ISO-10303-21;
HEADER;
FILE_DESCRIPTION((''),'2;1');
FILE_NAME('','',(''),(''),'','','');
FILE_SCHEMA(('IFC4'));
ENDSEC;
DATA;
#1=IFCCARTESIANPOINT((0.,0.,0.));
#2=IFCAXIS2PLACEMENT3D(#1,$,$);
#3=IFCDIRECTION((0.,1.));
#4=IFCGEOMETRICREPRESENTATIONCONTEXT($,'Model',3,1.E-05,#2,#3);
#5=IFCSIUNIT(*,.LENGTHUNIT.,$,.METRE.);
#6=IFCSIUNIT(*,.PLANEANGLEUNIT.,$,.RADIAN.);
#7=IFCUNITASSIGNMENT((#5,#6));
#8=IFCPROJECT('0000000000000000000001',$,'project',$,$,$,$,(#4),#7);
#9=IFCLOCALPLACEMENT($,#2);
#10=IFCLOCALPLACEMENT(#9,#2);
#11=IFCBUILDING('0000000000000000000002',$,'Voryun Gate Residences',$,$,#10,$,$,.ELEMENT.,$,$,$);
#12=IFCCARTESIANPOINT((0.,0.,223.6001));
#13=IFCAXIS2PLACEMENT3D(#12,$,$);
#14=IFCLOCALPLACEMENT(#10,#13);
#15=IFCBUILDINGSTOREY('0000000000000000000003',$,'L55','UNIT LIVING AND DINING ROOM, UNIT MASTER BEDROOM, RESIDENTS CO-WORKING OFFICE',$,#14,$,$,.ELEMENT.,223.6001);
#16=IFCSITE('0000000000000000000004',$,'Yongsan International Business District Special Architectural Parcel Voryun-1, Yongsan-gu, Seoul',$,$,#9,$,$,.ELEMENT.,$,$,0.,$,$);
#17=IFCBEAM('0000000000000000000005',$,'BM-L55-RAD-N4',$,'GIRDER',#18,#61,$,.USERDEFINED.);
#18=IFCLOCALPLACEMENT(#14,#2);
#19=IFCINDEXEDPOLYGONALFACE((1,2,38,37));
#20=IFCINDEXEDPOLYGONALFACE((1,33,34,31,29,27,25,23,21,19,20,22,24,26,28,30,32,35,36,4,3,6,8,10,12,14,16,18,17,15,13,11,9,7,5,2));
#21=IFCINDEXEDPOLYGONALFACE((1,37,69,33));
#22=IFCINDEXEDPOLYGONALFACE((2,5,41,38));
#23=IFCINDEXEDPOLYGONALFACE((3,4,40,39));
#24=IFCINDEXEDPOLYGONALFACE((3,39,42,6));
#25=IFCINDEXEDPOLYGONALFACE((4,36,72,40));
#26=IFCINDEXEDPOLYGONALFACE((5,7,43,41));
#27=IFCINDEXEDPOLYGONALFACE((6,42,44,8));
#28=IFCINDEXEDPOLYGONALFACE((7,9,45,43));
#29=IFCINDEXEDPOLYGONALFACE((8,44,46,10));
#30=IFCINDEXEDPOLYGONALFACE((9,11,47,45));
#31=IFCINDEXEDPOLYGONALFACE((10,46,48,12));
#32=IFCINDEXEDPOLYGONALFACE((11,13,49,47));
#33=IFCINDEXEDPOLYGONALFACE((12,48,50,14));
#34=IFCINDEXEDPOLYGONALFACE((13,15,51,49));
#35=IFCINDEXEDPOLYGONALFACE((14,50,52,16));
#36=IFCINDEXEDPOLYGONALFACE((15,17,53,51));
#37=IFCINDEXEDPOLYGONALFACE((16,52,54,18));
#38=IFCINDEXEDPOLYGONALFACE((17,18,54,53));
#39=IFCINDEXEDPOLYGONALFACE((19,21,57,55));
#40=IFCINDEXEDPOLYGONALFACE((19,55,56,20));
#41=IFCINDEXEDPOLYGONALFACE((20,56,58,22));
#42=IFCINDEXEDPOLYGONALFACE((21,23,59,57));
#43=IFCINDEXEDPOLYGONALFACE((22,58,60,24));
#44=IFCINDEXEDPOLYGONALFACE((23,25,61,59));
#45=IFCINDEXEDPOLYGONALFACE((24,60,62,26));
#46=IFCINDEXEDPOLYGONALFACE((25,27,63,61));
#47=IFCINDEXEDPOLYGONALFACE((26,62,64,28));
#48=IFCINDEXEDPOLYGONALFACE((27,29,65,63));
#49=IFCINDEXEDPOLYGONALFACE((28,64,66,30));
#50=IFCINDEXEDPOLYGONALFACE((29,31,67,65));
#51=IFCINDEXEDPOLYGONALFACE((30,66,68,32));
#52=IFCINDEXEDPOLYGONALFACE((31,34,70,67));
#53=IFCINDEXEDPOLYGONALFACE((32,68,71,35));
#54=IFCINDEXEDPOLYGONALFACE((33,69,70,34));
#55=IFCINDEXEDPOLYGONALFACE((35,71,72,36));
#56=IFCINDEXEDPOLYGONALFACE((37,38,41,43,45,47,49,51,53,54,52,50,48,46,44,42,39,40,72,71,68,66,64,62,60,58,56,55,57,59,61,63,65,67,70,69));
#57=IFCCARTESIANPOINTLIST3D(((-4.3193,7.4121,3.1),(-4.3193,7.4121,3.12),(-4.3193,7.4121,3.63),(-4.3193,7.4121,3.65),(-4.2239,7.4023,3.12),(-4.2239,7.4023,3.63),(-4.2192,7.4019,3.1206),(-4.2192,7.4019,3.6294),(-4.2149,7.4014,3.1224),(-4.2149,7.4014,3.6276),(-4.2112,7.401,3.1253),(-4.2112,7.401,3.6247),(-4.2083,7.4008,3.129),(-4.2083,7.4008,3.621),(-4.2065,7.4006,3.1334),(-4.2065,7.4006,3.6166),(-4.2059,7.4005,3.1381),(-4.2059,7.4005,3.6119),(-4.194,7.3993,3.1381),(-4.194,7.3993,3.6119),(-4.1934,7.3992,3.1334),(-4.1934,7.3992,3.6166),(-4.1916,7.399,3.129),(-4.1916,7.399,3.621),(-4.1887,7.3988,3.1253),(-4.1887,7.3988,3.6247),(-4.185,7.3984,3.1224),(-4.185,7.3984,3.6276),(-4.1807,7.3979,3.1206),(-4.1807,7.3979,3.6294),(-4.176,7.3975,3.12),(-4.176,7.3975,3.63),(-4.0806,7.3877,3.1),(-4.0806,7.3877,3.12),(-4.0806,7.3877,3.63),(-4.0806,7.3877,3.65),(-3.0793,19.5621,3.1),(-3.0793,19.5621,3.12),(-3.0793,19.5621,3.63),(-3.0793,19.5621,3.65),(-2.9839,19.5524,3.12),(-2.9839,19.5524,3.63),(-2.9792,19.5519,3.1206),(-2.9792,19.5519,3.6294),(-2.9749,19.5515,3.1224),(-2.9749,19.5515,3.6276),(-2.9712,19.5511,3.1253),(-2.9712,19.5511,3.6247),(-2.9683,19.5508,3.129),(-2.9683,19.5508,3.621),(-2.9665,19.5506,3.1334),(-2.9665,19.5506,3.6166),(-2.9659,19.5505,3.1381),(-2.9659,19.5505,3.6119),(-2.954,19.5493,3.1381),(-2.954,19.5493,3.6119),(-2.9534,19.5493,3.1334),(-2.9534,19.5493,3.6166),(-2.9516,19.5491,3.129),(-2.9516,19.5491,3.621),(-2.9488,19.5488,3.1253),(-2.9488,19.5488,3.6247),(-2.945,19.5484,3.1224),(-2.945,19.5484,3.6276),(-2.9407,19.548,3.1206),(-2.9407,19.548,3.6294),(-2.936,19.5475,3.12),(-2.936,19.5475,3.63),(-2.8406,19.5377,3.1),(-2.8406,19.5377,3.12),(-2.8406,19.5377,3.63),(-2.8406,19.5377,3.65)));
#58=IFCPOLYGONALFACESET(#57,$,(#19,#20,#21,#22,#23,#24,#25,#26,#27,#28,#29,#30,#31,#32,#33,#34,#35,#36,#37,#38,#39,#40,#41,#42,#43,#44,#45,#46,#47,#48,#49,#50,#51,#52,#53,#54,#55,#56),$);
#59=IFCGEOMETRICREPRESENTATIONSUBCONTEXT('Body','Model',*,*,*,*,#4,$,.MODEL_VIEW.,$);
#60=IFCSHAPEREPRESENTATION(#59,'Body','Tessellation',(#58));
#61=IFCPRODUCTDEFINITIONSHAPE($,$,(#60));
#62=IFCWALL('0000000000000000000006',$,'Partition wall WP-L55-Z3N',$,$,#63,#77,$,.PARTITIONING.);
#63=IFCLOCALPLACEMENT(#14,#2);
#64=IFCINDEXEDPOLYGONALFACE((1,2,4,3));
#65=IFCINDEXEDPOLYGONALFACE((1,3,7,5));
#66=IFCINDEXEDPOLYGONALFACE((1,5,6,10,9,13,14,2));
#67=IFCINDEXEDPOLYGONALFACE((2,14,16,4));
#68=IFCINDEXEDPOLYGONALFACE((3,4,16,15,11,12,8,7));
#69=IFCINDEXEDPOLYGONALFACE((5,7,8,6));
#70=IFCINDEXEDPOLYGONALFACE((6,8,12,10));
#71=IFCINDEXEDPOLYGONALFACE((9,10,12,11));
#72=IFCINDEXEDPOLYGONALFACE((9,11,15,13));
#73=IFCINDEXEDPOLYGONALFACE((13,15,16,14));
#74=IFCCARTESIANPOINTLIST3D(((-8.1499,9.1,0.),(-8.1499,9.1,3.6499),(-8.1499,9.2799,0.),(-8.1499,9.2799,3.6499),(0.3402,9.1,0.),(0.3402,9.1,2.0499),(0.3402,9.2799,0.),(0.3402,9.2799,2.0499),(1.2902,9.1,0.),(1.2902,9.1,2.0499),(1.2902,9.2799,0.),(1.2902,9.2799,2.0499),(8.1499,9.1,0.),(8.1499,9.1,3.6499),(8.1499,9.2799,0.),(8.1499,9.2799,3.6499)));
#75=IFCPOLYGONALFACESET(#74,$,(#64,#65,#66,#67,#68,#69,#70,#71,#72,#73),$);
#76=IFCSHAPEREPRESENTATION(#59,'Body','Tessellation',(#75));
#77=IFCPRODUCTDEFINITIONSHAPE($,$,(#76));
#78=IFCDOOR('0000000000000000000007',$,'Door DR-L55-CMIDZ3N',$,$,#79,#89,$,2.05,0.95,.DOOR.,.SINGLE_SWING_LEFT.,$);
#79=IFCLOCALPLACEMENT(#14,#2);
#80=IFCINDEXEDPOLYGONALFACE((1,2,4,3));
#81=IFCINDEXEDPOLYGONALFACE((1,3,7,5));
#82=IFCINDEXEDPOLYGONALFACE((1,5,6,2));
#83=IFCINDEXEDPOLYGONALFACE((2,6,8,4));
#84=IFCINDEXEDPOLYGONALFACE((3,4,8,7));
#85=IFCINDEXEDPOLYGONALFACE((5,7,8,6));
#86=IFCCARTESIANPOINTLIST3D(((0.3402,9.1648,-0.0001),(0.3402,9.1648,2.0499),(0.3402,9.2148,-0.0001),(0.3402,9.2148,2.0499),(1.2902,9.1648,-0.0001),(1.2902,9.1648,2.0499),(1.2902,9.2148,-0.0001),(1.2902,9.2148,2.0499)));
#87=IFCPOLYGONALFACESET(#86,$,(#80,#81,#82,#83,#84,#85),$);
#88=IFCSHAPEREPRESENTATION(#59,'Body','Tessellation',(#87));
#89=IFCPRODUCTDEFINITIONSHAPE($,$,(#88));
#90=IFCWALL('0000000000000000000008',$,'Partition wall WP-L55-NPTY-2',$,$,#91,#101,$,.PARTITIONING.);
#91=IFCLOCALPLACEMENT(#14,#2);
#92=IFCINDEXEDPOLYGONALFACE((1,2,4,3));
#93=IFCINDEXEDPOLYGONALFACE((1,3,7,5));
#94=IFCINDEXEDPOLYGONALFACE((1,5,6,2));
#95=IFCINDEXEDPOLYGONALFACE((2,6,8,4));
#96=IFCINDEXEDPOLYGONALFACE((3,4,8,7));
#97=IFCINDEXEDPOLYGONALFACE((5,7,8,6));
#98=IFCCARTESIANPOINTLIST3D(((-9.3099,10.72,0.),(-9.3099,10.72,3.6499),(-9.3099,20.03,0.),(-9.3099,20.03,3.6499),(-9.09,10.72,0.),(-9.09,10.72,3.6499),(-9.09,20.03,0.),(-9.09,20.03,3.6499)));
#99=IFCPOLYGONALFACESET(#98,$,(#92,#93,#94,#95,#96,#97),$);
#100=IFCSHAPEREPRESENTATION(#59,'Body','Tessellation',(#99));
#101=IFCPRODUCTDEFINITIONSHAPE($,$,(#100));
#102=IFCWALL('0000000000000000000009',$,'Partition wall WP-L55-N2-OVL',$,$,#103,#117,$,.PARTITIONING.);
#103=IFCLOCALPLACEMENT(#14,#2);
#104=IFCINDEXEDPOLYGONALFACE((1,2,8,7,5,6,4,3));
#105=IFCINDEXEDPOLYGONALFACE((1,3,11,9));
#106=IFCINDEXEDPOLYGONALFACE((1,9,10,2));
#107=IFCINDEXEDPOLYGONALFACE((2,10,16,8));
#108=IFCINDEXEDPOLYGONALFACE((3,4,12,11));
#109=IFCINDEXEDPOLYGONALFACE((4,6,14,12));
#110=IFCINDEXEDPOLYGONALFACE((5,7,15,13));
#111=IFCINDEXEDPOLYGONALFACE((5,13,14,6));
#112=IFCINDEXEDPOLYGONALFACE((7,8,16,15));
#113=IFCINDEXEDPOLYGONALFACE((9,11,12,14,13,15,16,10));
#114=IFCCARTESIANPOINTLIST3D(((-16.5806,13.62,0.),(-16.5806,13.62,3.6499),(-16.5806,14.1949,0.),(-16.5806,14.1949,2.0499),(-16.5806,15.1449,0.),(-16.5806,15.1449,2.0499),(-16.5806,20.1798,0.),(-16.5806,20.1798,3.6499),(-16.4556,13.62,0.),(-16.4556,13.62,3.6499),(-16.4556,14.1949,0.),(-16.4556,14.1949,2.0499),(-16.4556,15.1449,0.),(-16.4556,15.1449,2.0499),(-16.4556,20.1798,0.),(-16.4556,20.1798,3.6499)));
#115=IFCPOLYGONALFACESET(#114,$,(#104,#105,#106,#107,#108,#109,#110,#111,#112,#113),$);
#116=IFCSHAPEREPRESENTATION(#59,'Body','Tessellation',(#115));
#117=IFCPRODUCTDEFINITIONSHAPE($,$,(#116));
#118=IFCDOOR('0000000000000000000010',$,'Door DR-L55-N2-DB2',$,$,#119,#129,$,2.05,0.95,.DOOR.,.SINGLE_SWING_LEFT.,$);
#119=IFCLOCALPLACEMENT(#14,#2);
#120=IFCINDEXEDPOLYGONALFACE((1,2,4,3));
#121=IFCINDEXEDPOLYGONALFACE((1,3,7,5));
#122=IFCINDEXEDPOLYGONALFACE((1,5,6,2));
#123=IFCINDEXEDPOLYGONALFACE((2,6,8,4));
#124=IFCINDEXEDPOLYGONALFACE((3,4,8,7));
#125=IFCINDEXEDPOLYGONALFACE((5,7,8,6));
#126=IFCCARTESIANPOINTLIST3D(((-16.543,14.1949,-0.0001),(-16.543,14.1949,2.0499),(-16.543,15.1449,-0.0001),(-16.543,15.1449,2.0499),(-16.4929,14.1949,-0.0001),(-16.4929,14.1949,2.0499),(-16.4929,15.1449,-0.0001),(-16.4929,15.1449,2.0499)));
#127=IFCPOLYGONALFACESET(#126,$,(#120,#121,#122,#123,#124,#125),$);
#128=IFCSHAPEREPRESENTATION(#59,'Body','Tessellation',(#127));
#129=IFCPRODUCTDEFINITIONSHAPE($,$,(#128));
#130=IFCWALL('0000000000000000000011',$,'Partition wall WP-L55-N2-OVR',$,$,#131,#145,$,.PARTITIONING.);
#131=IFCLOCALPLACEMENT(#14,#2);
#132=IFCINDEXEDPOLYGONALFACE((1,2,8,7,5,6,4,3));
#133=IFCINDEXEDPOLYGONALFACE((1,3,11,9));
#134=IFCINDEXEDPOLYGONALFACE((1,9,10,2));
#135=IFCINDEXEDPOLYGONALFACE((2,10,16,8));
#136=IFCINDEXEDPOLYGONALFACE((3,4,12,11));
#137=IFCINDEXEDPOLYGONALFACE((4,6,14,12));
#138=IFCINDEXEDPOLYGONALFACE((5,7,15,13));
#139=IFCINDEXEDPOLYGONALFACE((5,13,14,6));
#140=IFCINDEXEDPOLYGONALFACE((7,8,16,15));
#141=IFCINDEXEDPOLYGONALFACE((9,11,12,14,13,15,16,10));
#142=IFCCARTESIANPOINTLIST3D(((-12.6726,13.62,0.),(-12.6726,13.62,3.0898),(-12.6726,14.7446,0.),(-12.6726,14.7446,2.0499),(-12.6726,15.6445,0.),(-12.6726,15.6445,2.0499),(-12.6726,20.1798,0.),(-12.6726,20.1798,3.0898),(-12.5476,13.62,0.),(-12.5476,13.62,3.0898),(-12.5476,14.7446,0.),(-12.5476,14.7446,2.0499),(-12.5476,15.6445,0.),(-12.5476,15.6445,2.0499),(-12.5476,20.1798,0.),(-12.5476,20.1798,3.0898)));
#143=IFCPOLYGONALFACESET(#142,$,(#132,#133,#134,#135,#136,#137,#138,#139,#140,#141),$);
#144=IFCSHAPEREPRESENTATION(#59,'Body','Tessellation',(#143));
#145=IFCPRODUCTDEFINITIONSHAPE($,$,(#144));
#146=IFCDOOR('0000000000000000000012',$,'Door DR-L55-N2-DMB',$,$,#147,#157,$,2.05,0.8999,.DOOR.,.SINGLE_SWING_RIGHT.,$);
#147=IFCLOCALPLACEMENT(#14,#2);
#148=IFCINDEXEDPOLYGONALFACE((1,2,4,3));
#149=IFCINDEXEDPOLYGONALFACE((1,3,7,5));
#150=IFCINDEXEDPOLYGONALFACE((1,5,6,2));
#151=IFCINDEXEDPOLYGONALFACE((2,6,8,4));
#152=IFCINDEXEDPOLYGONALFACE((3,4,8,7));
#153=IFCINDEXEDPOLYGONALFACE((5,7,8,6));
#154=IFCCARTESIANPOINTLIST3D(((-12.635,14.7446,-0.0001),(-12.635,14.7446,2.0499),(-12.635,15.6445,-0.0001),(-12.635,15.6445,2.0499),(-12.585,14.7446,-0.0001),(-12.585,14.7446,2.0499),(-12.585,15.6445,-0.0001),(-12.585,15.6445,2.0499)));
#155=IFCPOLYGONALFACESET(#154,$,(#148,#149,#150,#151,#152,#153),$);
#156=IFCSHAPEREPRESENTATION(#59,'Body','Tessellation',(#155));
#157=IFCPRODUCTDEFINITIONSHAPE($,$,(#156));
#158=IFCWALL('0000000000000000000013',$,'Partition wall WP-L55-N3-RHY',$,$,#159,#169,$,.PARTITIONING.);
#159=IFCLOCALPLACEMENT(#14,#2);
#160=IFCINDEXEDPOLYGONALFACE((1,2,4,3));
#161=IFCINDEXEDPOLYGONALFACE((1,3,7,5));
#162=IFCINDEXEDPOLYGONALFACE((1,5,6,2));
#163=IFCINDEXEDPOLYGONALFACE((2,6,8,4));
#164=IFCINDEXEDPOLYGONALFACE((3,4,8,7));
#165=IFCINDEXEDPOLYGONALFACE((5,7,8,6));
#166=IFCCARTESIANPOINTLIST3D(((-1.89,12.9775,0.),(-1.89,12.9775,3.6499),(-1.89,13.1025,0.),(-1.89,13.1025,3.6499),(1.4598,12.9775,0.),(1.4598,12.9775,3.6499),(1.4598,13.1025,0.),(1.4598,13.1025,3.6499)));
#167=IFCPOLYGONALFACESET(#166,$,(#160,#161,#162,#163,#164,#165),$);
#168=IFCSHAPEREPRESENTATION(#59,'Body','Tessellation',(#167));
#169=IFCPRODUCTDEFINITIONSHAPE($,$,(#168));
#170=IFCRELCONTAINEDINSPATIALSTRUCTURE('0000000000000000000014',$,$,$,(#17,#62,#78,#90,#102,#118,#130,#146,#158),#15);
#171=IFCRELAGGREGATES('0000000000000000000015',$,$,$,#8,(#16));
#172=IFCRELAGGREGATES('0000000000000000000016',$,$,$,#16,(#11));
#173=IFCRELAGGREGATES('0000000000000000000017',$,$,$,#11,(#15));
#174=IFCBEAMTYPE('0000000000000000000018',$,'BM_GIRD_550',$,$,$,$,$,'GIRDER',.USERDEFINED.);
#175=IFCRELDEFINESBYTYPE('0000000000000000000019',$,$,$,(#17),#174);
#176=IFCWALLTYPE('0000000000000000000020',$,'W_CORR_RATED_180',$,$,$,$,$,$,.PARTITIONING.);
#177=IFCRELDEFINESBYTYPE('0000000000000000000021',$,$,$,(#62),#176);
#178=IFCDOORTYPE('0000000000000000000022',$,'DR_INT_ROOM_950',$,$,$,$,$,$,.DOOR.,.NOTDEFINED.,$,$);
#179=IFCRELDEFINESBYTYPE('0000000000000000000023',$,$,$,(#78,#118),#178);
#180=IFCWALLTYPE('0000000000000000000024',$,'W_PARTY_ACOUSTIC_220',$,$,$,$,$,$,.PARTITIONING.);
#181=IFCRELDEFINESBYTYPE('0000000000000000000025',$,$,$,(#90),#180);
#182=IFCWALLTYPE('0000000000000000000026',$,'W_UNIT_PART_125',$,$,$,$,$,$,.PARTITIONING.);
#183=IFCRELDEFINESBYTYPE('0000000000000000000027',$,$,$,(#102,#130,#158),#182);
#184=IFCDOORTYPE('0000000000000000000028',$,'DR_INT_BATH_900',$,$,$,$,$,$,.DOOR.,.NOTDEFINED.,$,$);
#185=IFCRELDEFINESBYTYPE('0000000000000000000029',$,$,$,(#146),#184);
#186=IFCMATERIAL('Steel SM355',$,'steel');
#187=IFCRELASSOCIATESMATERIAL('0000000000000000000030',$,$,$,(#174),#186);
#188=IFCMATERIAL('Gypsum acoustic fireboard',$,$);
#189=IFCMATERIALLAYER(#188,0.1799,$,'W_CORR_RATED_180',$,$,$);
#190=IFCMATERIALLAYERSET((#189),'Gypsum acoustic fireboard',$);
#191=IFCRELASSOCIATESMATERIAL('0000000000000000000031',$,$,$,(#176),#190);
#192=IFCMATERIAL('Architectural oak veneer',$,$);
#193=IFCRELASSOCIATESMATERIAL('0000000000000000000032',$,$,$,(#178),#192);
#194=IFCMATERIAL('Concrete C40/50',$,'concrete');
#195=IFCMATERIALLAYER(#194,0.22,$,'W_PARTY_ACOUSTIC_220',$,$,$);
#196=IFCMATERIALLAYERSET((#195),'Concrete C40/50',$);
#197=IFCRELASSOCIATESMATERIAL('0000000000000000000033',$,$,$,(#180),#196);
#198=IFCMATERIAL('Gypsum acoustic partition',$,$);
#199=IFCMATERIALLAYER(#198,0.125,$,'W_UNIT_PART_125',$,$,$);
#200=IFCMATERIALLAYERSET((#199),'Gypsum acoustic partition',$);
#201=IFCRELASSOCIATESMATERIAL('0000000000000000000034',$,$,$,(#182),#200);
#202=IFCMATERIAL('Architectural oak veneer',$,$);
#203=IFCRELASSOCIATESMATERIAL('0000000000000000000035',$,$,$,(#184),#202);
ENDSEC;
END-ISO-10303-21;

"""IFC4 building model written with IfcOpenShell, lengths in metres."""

from ifc_helpers import new_model, si_unit, direction, frame, frame_2d, origin, origin_2d, place, context, subcontext, project, spatial, rectangle, i_section, extrude, material, layer, layer_set, material_profile, profile_set, type_object, element, fill, save


model = new_model("IFC4")

# Units and contexts
model_context = context("Model", 3, precision=1e-05, world=origin(), true_north=direction((0.0, 1.0)))
body_context = subcontext(model_context, "Body", "Model", "MODEL_VIEW")
ifc_project = project(units=[si_unit("LENGTHUNIT", "METRE"), si_unit("PLANEANGLEUNIT", "RADIAN")], contexts=[model_context])

# Site, building, storey
site_placement = place(None, origin())
site = spatial("IfcSite", under=ifc_project, at=site_placement, Name="Yongsan International Business District Special Architectural Parcel Voryun-1, Yongsan-gu, Seoul", CompositionType="ELEMENT", RefElevation=0.0)
building_placement = place(site_placement, origin())
building = spatial("IfcBuilding", under=site, at=building_placement, Name="Voryun Gate Residences", CompositionType="ELEMENT")
storey_placement = place(building_placement, frame((0.0, 0.0, 223.6001)))
storey = spatial("IfcBuildingStorey", under=building, at=storey_placement, Name="L55", Description="UNIT LIVING AND DINING ROOM, UNIT MASTER BEDROOM, RESIDENTS CO-WORKING OFFICE", CompositionType="ELEMENT", Elevation=223.6001)

# Beam
ifc_material_1 = material(Name="Steel SM355", Category="steel")
ifc_material_profile_1 = material_profile(ifc_material_1, i_section(OverallWidth=0.24, OverallDepth=0.55, WebThickness=0.012, FlangeThickness=0.02, FilletRadius=0.0181, at=origin_2d()), Name="H-550x240x12x20")
ifc_profile_set_1 = profile_set([ifc_material_profile_1], Name="Steel SM355")
beam_type_1 = type_object("IfcBeamType", Name="BM_GIRD_550", ElementType="GIRDER", PredefinedType="USERDEFINED", material=ifc_profile_set_1)
beam_1_placement = place(storey_placement, frame((-4.2, 7.3999, 3.375), z_axis=(0.101528, 0.994833, 0.0), x_axis=(-0.994833, 0.101528, 0.0)))
element("IfcBeam", 1, at=beam_1_placement, inside=storey, type_object=beam_type_1, Name="BM-L55-RAD-N4", ObjectType="GIRDER", PredefinedType="USERDEFINED", context=body_context, shape_type="SweptSolid", body=[
    extrude(i_section(OverallWidth=0.24, OverallDepth=0.55, WebThickness=0.012, FlangeThickness=0.02, FilletRadius=0.0181, at=origin_2d()), origin(), (0.0, 0.0, 1.0), 12.2131),
])

# Wall, opening, door
ifc_material_2 = material(Name="Gypsum acoustic fireboard")
ifc_layer_1 = layer(ifc_material_2, 0.1799, Name="W_CORR_RATED_180")
ifc_layer_set_1 = layer_set([ifc_layer_1], Name="Gypsum acoustic fireboard")
wall_type_1 = type_object("IfcWallType", Name="W_CORR_RATED_180", PredefinedType="PARTITIONING", material=ifc_layer_set_1)
wall_1_placement = place(storey_placement, frame((-8.1499, 9.1899, 0.0), z_axis=(0.0, 0.0, 1.0), x_axis=(1.0, 0.0, 0.0)))
wall_1 = element("IfcWall", 2, at=wall_1_placement, inside=storey, type_object=wall_type_1, Name="Partition wall WP-L55-Z3N", PredefinedType="PARTITIONING", context=body_context, shape_type="SweptSolid", body=[
    extrude(rectangle(XDim=16.2998, YDim=0.1799, at=frame_2d((8.1499, 0.0))), origin(), (0.0, 0.0, 1.0), 3.6499),
])
opening_1_placement = place(wall_1_placement, frame((8.49, 0.0, 0.0)))
opening_1 = element("IfcOpeningElement", 3, at=opening_1_placement, cuts=wall_1, PredefinedType="OPENING", context=body_context, shape_type="SweptSolid", body=[
    extrude(rectangle(XDim=0.95, YDim=2.05, at=frame_2d((0.4751, 1.0249))), frame((0.0, 0.0999, 0.0), z_axis=(0.0, -1.0, 0.0), x_axis=(1.0, 0.0, 0.0)), (0.0, 0.0, 1.0), 0.2),
])
ifc_material_3 = material(Name="Architectural oak veneer")
door_type_1 = type_object("IfcDoorType", Name="DR_INT_ROOM_950", OperationType="NOTDEFINED", PredefinedType="DOOR", material=ifc_material_3)
door_1_placement = place(opening_1_placement, origin())
door_1 = element("IfcDoor", 4, at=door_1_placement, inside=storey, type_object=door_type_1, Name="Door DR-L55-CMIDZ3N", OperationType="SINGLE_SWING_LEFT", OverallHeight=2.05, OverallWidth=0.95, PredefinedType="DOOR", context=body_context, shape_type="SweptSolid", body=[
    extrude(rectangle(XDim=0.95, YDim=2.05, at=frame_2d((0.4751, 1.0249))), frame((0.0, 0.0249, 0.0), z_axis=(0.0, -1.0, 0.0), x_axis=(1.0, 0.0, 0.0)), (0.0, 0.0, 1.0), 0.05),
])
fill(opening_1, door_1)

# Wall
ifc_material_4 = material(Name="Concrete C40/50", Category="concrete")
ifc_layer_2 = layer(ifc_material_4, 0.22, Name="W_PARTY_ACOUSTIC_220")
ifc_layer_set_2 = layer_set([ifc_layer_2], Name="Concrete C40/50")
wall_type_2 = type_object("IfcWallType", Name="W_PARTY_ACOUSTIC_220", PredefinedType="PARTITIONING", material=ifc_layer_set_2)
wall_2_placement = place(storey_placement, frame((-9.2, 10.72, 0.0), z_axis=(0.0, 0.0, 1.0), x_axis=(0.0, 1.0, 0.0)))
element("IfcWall", 5, at=wall_2_placement, inside=storey, type_object=wall_type_2, Name="Partition wall WP-L55-NPTY-2", PredefinedType="PARTITIONING", context=body_context, shape_type="SweptSolid", body=[
    extrude(rectangle(XDim=9.3101, YDim=0.22, at=frame_2d((4.655, 0.0))), origin(), (0.0, 0.0, 1.0), 3.6499),
])

# Walls, openings, doors
ifc_material_5 = material(Name="Gypsum acoustic partition")
ifc_layer_3 = layer(ifc_material_5, 0.125, Name="W_UNIT_PART_125")
ifc_layer_set_3 = layer_set([ifc_layer_3], Name="Gypsum acoustic partition")
wall_type_3 = type_object("IfcWallType", Name="W_UNIT_PART_125", PredefinedType="PARTITIONING", material=ifc_layer_set_3)
wall_3_placement = place(storey_placement, frame((-16.5181, 13.6201, 0.0), z_axis=(0.0, 0.0, 1.0), x_axis=(0.0, 1.0, 0.0)))
wall_3 = element("IfcWall", 6, at=wall_3_placement, inside=storey, type_object=wall_type_3, Name="Partition wall WP-L55-N2-OVL", PredefinedType="PARTITIONING", context=body_context, shape_type="SweptSolid", body=[
    extrude(rectangle(XDim=6.5598, YDim=0.125, at=frame_2d((3.2798, 0.0))), origin(), (0.0, 0.0, 1.0), 3.6499),
])
opening_2_placement = place(wall_3_placement, frame((0.5747, 0.0, 0.0)))
opening_2 = element("IfcOpeningElement", 7, at=opening_2_placement, cuts=wall_3, PredefinedType="OPENING", context=body_context, shape_type="SweptSolid", body=[
    extrude(rectangle(XDim=0.95, YDim=2.05, at=frame_2d((0.4751, 1.0249))), frame((0.0, 0.0725, 0.0), z_axis=(0.0, -1.0, 0.0), x_axis=(1.0, 0.0, 0.0)), (0.0, 0.0, 1.0), 0.145),
])
door_2_placement = place(opening_2_placement, origin())
door_2 = element("IfcDoor", 8, at=door_2_placement, inside=storey, type_object=door_type_1, Name="Door DR-L55-N2-DB2", OperationType="SINGLE_SWING_LEFT", OverallHeight=2.05, OverallWidth=0.95, PredefinedType="DOOR", context=body_context, shape_type="SweptSolid", body=[
    extrude(rectangle(XDim=0.95, YDim=2.05, at=frame_2d((0.4751, 1.0249))), frame((0.0, 0.0249, 0.0), z_axis=(0.0, -1.0, 0.0), x_axis=(1.0, 0.0, 0.0)), (0.0, 0.0, 1.0), 0.05),
])
fill(opening_2, door_2)
wall_4_placement = place(storey_placement, frame((-12.6101, 13.6201, 0.0), z_axis=(0.0, 0.0, 1.0), x_axis=(0.0, 1.0, 0.0)))
wall_4 = element("IfcWall", 9, at=wall_4_placement, inside=storey, type_object=wall_type_3, Name="Partition wall WP-L55-N2-OVR", PredefinedType="PARTITIONING", context=body_context, shape_type="SweptSolid", body=[
    extrude(rectangle(XDim=6.5598, YDim=0.125, at=frame_2d((3.2798, 0.0))), origin(), (0.0, 0.0, 1.0), 3.0898),
])
opening_3_placement = place(wall_4_placement, frame((1.1245, 0.0, 0.0)))
opening_3 = element("IfcOpeningElement", 10, at=opening_3_placement, cuts=wall_4, PredefinedType="OPENING", context=body_context, shape_type="SweptSolid", body=[
    extrude(rectangle(XDim=0.8999, YDim=2.05, at=frame_2d((0.45, 1.0249))), frame((0.0, 0.0725, 0.0), z_axis=(0.0, -1.0, 0.0), x_axis=(1.0, 0.0, 0.0)), (0.0, 0.0, 1.0), 0.145),
])
ifc_material_6 = material(Name="Architectural oak veneer")
door_type_2 = type_object("IfcDoorType", Name="DR_INT_BATH_900", OperationType="NOTDEFINED", PredefinedType="DOOR", material=ifc_material_6)
door_3_placement = place(opening_3_placement, origin())
door_3 = element("IfcDoor", 11, at=door_3_placement, inside=storey, type_object=door_type_2, Name="Door DR-L55-N2-DMB", OperationType="SINGLE_SWING_RIGHT", OverallHeight=2.05, OverallWidth=0.8999, PredefinedType="DOOR", context=body_context, shape_type="SweptSolid", body=[
    extrude(rectangle(XDim=0.8999, YDim=2.05, at=frame_2d((0.45, 1.0249))), frame((0.0, 0.0249, 0.0), z_axis=(0.0, -1.0, 0.0), x_axis=(1.0, 0.0, 0.0)), (0.0, 0.0, 1.0), 0.05),
])
fill(opening_3, door_3)

# Wall
wall_5_placement = place(storey_placement, frame((-1.8899, 13.04, 0.0), z_axis=(0.0, 0.0, 1.0), x_axis=(1.0, 0.0, 0.0)))
element("IfcWall", 12, at=wall_5_placement, inside=storey, type_object=wall_type_3, Name="Partition wall WP-L55-N3-RHY", PredefinedType="PARTITIONING", context=body_context, shape_type="SweptSolid", body=[
    extrude(rectangle(XDim=3.3499, YDim=0.125, at=frame_2d((1.6748, 0.0))), origin(), (0.0, 0.0, 1.0), 3.6499),
])

save(model, "model.ifc")
